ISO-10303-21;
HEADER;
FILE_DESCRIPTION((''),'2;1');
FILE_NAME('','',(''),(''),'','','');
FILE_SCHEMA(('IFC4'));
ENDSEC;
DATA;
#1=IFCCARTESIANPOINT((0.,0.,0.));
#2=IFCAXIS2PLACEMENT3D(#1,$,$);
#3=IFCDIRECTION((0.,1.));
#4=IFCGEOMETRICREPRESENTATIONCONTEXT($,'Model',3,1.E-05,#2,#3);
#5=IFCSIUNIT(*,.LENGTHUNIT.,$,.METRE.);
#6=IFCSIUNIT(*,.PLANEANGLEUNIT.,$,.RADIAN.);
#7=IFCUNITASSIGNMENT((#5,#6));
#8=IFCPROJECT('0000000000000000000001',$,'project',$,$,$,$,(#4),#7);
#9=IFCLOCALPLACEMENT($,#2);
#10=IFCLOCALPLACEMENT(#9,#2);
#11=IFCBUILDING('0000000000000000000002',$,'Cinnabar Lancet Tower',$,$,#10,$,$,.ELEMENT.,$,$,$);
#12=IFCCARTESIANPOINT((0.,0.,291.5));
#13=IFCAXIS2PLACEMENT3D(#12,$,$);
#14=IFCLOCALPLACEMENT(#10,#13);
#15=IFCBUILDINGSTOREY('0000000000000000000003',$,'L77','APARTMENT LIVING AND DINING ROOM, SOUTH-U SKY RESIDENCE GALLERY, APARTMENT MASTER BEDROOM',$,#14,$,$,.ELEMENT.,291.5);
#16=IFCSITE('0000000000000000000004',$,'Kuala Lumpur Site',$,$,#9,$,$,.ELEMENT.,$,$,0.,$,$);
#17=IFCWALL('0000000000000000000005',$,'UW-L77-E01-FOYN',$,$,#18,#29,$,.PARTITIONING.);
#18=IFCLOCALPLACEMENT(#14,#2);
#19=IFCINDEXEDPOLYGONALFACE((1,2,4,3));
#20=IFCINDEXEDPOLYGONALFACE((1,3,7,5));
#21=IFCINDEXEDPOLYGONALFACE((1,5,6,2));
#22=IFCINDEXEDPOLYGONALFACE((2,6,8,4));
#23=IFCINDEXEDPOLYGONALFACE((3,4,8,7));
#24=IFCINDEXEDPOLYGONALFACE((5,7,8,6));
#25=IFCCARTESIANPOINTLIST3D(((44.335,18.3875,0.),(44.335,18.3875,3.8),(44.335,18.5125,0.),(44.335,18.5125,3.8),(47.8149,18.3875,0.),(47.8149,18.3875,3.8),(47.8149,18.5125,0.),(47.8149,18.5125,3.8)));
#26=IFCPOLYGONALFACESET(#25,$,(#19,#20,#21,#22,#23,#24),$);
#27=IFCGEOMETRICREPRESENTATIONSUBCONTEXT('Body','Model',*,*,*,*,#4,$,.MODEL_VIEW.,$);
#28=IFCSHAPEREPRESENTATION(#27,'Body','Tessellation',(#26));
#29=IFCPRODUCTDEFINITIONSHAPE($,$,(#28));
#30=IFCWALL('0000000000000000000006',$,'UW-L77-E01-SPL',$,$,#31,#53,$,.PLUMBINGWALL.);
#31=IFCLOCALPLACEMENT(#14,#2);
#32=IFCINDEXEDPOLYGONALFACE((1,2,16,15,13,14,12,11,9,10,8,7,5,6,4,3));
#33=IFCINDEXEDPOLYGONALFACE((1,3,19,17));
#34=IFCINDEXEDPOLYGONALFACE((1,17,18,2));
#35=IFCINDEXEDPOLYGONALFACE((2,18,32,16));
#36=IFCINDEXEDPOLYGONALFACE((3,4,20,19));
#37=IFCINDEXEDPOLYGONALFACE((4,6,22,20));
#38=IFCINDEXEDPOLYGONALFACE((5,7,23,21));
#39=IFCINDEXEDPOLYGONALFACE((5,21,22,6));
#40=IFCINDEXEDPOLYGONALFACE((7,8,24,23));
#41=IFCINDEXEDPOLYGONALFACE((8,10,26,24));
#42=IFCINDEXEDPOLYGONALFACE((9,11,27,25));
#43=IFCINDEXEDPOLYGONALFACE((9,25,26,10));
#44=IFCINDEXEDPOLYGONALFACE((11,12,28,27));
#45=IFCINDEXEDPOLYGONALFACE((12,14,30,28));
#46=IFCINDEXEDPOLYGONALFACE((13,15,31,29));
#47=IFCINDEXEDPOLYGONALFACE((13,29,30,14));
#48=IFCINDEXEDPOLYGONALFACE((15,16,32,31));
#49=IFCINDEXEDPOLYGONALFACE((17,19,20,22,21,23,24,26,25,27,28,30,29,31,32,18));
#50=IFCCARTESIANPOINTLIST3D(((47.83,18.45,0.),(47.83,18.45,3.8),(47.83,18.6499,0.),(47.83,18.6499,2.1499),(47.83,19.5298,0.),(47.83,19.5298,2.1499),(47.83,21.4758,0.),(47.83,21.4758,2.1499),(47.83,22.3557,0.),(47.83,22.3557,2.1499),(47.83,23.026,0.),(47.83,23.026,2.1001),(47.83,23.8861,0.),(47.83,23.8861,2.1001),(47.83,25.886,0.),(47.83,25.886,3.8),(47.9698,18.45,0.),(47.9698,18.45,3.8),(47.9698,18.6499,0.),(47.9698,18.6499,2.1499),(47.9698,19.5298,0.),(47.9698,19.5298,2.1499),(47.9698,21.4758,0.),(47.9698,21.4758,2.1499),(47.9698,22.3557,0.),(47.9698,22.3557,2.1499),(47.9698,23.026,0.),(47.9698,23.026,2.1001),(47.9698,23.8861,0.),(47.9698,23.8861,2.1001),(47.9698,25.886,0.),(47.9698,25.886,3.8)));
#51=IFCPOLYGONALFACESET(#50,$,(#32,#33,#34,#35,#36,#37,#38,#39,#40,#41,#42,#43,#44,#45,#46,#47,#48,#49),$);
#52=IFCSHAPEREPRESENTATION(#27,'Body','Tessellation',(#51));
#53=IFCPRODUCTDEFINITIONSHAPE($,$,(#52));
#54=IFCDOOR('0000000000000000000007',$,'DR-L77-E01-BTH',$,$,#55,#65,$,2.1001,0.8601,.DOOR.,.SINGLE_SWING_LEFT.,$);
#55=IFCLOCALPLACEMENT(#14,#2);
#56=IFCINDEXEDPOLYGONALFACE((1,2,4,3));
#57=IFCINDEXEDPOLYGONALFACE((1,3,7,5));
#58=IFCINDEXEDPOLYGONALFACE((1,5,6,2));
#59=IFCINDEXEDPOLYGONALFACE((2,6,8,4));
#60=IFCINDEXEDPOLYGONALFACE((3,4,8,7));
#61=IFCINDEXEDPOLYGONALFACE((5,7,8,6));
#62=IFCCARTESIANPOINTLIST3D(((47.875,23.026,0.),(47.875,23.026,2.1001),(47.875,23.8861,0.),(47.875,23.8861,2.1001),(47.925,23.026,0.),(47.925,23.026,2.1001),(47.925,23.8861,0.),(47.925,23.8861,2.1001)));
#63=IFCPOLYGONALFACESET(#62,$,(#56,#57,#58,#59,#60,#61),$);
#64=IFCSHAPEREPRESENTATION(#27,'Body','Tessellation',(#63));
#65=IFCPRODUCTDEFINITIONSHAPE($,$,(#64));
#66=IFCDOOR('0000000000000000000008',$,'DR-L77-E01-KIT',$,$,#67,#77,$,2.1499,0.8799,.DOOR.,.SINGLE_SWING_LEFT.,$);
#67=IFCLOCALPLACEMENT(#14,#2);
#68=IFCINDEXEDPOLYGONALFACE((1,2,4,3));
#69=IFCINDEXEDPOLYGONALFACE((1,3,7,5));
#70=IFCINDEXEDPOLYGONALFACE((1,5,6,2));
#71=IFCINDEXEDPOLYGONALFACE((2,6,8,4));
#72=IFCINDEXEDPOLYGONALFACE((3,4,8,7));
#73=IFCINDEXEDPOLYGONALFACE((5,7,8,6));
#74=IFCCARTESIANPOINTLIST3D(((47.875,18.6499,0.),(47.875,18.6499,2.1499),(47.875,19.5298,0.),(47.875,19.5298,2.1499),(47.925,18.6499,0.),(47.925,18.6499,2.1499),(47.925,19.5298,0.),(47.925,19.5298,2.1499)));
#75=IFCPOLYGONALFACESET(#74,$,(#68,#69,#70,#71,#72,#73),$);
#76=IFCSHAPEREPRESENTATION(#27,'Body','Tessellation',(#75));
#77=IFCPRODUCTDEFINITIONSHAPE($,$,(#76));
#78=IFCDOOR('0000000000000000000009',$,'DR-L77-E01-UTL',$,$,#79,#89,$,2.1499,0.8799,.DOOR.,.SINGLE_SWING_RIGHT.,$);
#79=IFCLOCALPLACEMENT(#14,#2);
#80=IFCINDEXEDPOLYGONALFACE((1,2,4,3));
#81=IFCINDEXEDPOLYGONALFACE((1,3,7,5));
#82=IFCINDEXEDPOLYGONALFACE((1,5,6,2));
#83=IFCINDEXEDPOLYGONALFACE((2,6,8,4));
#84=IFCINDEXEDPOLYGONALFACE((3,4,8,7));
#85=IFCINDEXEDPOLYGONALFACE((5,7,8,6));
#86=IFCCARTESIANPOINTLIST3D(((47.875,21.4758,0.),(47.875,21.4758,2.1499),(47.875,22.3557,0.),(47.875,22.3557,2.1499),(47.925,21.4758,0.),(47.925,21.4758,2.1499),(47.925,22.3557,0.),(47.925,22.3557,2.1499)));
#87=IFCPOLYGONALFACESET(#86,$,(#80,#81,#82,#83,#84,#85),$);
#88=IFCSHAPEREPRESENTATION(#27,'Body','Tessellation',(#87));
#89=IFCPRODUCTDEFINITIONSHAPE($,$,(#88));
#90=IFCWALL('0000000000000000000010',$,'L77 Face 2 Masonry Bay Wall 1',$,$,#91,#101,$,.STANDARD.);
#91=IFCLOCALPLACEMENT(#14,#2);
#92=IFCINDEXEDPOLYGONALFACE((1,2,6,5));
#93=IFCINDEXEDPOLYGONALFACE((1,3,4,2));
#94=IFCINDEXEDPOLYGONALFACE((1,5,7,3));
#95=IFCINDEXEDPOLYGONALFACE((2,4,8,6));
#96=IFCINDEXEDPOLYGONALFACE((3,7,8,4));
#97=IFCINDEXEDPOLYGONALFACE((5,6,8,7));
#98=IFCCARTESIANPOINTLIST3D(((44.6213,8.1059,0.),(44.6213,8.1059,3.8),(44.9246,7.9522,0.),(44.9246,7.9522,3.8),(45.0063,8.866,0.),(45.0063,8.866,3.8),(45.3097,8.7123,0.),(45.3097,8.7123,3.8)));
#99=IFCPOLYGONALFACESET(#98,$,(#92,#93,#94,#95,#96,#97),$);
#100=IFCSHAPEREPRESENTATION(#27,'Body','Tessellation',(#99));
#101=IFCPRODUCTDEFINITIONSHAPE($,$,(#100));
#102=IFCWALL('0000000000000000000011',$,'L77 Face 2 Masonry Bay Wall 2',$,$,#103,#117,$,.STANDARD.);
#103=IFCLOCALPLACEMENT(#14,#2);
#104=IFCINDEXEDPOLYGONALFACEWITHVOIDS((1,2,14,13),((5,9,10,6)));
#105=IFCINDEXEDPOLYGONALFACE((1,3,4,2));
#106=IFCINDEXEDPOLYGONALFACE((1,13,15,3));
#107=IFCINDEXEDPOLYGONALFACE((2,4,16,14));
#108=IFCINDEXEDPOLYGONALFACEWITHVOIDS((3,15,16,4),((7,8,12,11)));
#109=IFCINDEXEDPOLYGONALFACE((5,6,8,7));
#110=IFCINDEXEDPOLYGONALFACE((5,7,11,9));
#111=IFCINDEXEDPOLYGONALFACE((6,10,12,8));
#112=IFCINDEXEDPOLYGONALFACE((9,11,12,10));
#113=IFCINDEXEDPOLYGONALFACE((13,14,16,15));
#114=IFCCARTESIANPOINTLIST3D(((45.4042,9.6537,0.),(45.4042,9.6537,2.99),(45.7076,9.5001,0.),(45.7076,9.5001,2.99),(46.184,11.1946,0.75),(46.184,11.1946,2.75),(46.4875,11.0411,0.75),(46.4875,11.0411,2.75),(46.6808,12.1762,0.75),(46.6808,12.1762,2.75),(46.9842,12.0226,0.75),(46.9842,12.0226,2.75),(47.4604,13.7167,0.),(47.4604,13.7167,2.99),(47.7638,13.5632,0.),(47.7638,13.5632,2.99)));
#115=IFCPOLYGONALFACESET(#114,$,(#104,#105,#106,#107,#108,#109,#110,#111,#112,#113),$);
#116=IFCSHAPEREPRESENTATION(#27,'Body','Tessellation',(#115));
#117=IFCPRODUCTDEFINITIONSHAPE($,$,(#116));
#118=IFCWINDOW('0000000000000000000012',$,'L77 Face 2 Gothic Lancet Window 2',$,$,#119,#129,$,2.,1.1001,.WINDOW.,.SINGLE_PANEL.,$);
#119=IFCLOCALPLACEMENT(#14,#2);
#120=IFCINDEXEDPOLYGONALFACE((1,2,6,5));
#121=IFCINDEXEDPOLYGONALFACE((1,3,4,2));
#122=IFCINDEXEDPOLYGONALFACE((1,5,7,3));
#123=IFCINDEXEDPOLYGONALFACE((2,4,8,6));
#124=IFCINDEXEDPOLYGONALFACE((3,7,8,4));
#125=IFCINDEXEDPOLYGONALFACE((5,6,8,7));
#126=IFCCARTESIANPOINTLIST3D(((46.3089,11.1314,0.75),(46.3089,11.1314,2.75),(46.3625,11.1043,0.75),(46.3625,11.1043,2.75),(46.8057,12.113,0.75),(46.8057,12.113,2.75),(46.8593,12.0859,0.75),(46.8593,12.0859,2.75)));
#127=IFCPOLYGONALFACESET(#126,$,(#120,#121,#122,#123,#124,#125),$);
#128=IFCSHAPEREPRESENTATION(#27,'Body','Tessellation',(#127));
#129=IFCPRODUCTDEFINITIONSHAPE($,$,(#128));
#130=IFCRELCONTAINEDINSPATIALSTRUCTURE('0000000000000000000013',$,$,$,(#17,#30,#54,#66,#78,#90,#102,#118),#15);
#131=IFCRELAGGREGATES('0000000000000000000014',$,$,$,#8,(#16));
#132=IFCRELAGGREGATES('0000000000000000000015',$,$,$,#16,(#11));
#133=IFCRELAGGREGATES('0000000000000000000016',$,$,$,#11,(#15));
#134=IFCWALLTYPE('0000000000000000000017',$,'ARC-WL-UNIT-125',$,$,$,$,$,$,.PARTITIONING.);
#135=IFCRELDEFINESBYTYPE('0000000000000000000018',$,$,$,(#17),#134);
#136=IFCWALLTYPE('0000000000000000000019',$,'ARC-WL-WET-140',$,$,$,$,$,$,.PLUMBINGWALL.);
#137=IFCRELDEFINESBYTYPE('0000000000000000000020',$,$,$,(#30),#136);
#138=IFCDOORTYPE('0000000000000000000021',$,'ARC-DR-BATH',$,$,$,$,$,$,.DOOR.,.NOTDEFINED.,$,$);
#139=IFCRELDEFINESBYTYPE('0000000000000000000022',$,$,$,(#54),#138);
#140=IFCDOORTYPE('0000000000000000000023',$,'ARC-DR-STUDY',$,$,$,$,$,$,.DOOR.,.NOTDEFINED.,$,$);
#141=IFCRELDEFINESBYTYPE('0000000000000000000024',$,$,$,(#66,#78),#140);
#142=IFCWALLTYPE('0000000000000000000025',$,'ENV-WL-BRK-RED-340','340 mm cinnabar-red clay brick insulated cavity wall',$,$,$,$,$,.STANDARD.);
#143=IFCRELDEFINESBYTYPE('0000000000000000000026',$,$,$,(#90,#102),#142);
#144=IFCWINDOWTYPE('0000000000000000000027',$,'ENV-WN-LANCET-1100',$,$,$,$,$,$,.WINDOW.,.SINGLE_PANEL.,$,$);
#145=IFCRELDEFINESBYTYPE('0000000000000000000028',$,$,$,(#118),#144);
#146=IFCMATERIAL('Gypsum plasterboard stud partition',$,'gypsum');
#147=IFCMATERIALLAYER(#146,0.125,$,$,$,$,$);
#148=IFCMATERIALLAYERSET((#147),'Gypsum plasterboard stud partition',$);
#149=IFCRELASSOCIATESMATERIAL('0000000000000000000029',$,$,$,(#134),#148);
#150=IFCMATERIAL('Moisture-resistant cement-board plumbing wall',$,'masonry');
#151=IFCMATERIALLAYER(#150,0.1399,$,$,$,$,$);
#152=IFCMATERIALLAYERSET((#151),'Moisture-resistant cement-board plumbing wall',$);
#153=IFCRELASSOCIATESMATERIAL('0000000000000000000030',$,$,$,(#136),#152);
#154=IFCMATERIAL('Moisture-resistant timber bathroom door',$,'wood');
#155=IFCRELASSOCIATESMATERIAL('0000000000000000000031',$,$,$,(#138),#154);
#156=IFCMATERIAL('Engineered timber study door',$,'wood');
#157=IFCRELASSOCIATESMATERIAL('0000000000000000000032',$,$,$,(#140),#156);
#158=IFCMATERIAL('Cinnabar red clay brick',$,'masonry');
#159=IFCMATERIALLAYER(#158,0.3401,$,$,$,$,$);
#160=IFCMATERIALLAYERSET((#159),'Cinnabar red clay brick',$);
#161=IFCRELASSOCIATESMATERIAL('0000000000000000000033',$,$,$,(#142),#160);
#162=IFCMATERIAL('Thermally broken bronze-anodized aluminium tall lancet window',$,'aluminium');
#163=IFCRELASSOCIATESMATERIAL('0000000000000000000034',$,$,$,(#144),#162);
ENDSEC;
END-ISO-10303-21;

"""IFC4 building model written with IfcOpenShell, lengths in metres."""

from ifc_helpers import new_model, si_unit, direction, frame, frame_2d, origin, place, context, subcontext, project, spatial, rectangle, extrude, material, layer, layer_set, type_object, element, fill, save


model = new_model("IFC4")

# Units and contexts
model_context = context("Model", 3, precision=1e-05, world=origin(), true_north=direction((0.0, 1.0)))
body_context = subcontext(model_context, "Body", "Model", "MODEL_VIEW")
ifc_project = project(units=[si_unit("LENGTHUNIT", "METRE"), si_unit("PLANEANGLEUNIT", "RADIAN")], contexts=[model_context])

# Site, building, storey
site_placement = place(None, origin())
site = spatial("IfcSite", under=ifc_project, at=site_placement, Name="Kuala Lumpur Site", CompositionType="ELEMENT", RefElevation=0.0)
building_placement = place(site_placement, origin())
building = spatial("IfcBuilding", under=site, at=building_placement, Name="Cinnabar Lancet Tower", CompositionType="ELEMENT")
storey_placement = place(building_placement, frame((0.0, 0.0, 291.5)))
storey = spatial("IfcBuildingStorey", under=building, at=storey_placement, Name="L77", Description="APARTMENT LIVING AND DINING ROOM, SOUTH-U SKY RESIDENCE GALLERY, APARTMENT MASTER BEDROOM", CompositionType="ELEMENT", Elevation=291.5)

# Wall
ifc_material_1 = material(Name="Gypsum plasterboard stud partition", Category="gypsum")
ifc_layer_1 = layer(ifc_material_1, 0.125)
ifc_layer_set_1 = layer_set([ifc_layer_1], Name="Gypsum plasterboard stud partition")
wall_type_1 = type_object("IfcWallType", Name="ARC-WL-UNIT-125", PredefinedType="PARTITIONING", material=ifc_layer_set_1)
wall_1_placement = place(storey_placement, frame((44.335, 18.45, 0.0), z_axis=(0.0, 0.0, 1.0), x_axis=(1.0, 0.0, 0.0)))
element("IfcWall", 1, at=wall_1_placement, inside=storey, type_object=wall_type_1, Name="UW-L77-E01-FOYN", PredefinedType="PARTITIONING", context=body_context, shape_type="SweptSolid", body=[
    extrude(rectangle(XDim=3.48, YDim=0.125, at=frame_2d((1.74, 0.0))), origin(), (0.0, 0.0, 1.0), 3.8),
])

# Wall, openings, doors
ifc_material_2 = material(Name="Moisture-resistant cement-board plumbing wall", Category="masonry")
ifc_layer_2 = layer(ifc_material_2, 0.1399)
ifc_layer_set_2 = layer_set([ifc_layer_2], Name="Moisture-resistant cement-board plumbing wall")
wall_type_2 = type_object("IfcWallType", Name="ARC-WL-WET-140", PredefinedType="PLUMBINGWALL", material=ifc_layer_set_2)
wall_2_placement = place(storey_placement, frame((47.8999, 18.45, 0.0), z_axis=(0.0, 0.0, 1.0), x_axis=(0.0, 1.0, 0.0)))
wall_2 = element("IfcWall", 2, at=wall_2_placement, inside=storey, type_object=wall_type_2, Name="UW-L77-E01-SPL", PredefinedType="PLUMBINGWALL", context=body_context, shape_type="SweptSolid", body=[
    extrude(rectangle(XDim=7.436, YDim=0.1399, at=frame_2d((3.718, 0.0))), origin(), (0.0, 0.0, 1.0), 3.8),
])
opening_1_placement = place(wall_2_placement, frame((0.2, 0.0, 0.0)))
opening_1 = element("IfcOpeningElement", 3, at=opening_1_placement, cuts=wall_2, PredefinedType="OPENING", context=body_context, shape_type="SweptSolid", body=[
    extrude(rectangle(XDim=0.8799, YDim=2.1499, at=frame_2d((0.4399, 1.075))), frame((0.0, 0.0798, 0.0), z_axis=(0.0, -1.0, 0.0), x_axis=(1.0, 0.0, 0.0)), (0.0, 0.0, 1.0), 0.1599),
])
opening_2_placement = place(wall_2_placement, frame((3.0259, 0.0, 0.0)))
opening_2 = element("IfcOpeningElement", 4, at=opening_2_placement, cuts=wall_2, PredefinedType="OPENING", context=body_context, shape_type="SweptSolid", body=[
    extrude(rectangle(XDim=0.8799, YDim=2.1499, at=frame_2d((0.4399, 1.075))), frame((0.0, 0.0798, 0.0), z_axis=(0.0, -1.0, 0.0), x_axis=(1.0, 0.0, 0.0)), (0.0, 0.0, 1.0), 0.1599),
])
opening_3_placement = place(wall_2_placement, frame((4.5759, 0.0, 0.0)))
opening_3 = element("IfcOpeningElement", 5, at=opening_3_placement, cuts=wall_2, PredefinedType="OPENING", context=body_context, shape_type="SweptSolid", body=[
    extrude(rectangle(XDim=0.8601, YDim=2.1001, at=frame_2d((0.4302, 1.05))), frame((0.0, 0.0798, 0.0), z_axis=(0.0, -1.0, 0.0), x_axis=(1.0, 0.0, 0.0)), (0.0, 0.0, 1.0), 0.1599),
])
ifc_material_3 = material(Name="Moisture-resistant timber bathroom door", Category="wood")
door_type_1 = type_object("IfcDoorType", Name="ARC-DR-BATH", OperationType="NOTDEFINED", PredefinedType="DOOR", material=ifc_material_3)
door_1_placement = place(opening_3_placement, origin())
door_1 = element("IfcDoor", 6, at=door_1_placement, inside=storey, type_object=door_type_1, Name="DR-L77-E01-BTH", OperationType="SINGLE_SWING_LEFT", OverallHeight=2.1001, OverallWidth=0.8601, PredefinedType="DOOR", context=body_context, shape_type="SweptSolid", body=[
    extrude(rectangle(XDim=0.8601, YDim=2.1001, at=frame_2d((0.4302, 1.05))), frame((0.0, 0.0249, 0.0), z_axis=(0.0, -1.0, 0.0), x_axis=(1.0, 0.0, 0.0)), (0.0, 0.0, 1.0), 0.05),
])
fill(opening_3, door_1)
ifc_material_4 = material(Name="Engineered timber study door", Category="wood")
door_type_2 = type_object("IfcDoorType", Name="ARC-DR-STUDY", OperationType="NOTDEFINED", PredefinedType="DOOR", material=ifc_material_4)
door_2_placement = place(opening_1_placement, origin())
door_2 = element("IfcDoor", 7, at=door_2_placement, inside=storey, type_object=door_type_2, Name="DR-L77-E01-KIT", OperationType="SINGLE_SWING_LEFT", OverallHeight=2.1499, OverallWidth=0.8799, PredefinedType="DOOR", context=body_context, shape_type="SweptSolid", body=[
    extrude(rectangle(XDim=0.8799, YDim=2.1499, at=frame_2d((0.4399, 1.075))), frame((0.0, 0.0249, 0.0), z_axis=(0.0, -1.0, 0.0), x_axis=(1.0, 0.0, 0.0)), (0.0, 0.0, 1.0), 0.05),
])
fill(opening_1, door_2)
door_3_placement = place(opening_2_placement, origin())
door_3 = element("IfcDoor", 8, at=door_3_placement, inside=storey, type_object=door_type_2, Name="DR-L77-E01-UTL", OperationType="SINGLE_SWING_RIGHT", OverallHeight=2.1499, OverallWidth=0.8799, PredefinedType="DOOR", context=body_context, shape_type="SweptSolid", body=[
    extrude(rectangle(XDim=0.8799, YDim=2.1499, at=frame_2d((0.4399, 1.075))), frame((0.0, 0.0249, 0.0), z_axis=(0.0, -1.0, 0.0), x_axis=(1.0, 0.0, 0.0)), (0.0, 0.0, 1.0), 0.05),
])
fill(opening_2, door_3)

# Wall
ifc_material_5 = material(Name="Cinnabar red clay brick", Category="masonry")
ifc_layer_3 = layer(ifc_material_5, 0.3401)
ifc_layer_set_3 = layer_set([ifc_layer_3], Name="Cinnabar red clay brick")
wall_type_3 = type_object("IfcWallType", Name="ENV-WL-BRK-RED-340", Description="340 mm cinnabar-red clay brick insulated cavity wall", PredefinedType="STANDARD", material=ifc_layer_set_3)
wall_3_placement = place(storey_placement, frame((44.7729, 8.0291, 0.0), z_axis=(0.0, 0.0, 1.0), x_axis=(0.451907, 0.892065, 0.0)))
element("IfcWall", 9, at=wall_3_placement, inside=storey, type_object=wall_type_3, Name="L77 Face 2 Masonry Bay Wall 1", PredefinedType="STANDARD", context=body_context, shape_type="SweptSolid", body=[
    extrude(rectangle(XDim=0.8521, YDim=0.3401, at=frame_2d((0.426, 0.0))), origin(), (0.0, 0.0, 1.0), 3.8),
])

# Wall, opening, window
wall_4_placement = place(storey_placement, frame((45.5559, 9.5769, 0.0), z_axis=(0.0, 0.0, 1.0), x_axis=(0.45154, 0.892251, 0.0)))
wall_4 = element("IfcWall", 10, at=wall_4_placement, inside=storey, type_object=wall_type_3, Name="L77 Face 2 Masonry Bay Wall 2", PredefinedType="STANDARD", context=body_context, shape_type="SweptSolid", body=[
    extrude(rectangle(XDim=4.5537, YDim=0.3401, at=frame_2d((2.2769, 0.0))), origin(), (0.0, 0.0, 1.0), 2.99),
])
opening_4_placement = place(wall_4_placement, frame((1.7271, 0.0, 0.75)))
opening_4 = element("IfcOpeningElement", 11, at=opening_4_placement, cuts=wall_4, PredefinedType="OPENING", context=body_context, shape_type="SweptSolid", body=[
    extrude(rectangle(XDim=1.1001, YDim=2.0, at=frame_2d((0.55, 1.0))), frame((0.0, 0.1799, 0.0), z_axis=(0.0, -1.0, 0.0), x_axis=(1.0, 0.0, 0.0)), (0.0, 0.0, 1.0), 0.3601),
])
ifc_material_6 = material(Name="Thermally broken bronze-anodized aluminium tall lancet window", Category="aluminium")
window_type = type_object("IfcWindowType", Name="ENV-WN-LANCET-1100", PartitioningType="SINGLE_PANEL", PredefinedType="WINDOW", material=ifc_material_6)
window_1_placement = place(opening_4_placement, origin())
window_1 = element("IfcWindow", 12, at=window_1_placement, inside=storey, type_object=window_type, Name="L77 Face 2 Gothic Lancet Window 2", OverallHeight=2.0, OverallWidth=1.1001, PartitioningType="SINGLE_PANEL", PredefinedType="WINDOW", context=body_context, shape_type="SweptSolid", body=[
    extrude(rectangle(XDim=1.1001, YDim=2.0, at=frame_2d((0.55, 1.0))), frame((0.0, 0.03, 0.0), z_axis=(0.0, -1.0, 0.0), x_axis=(1.0, 0.0, 0.0)), (0.0, 0.0, 1.0), 0.0601),
])
fill(opening_4, window_1)

save(model, "model.ifc")
